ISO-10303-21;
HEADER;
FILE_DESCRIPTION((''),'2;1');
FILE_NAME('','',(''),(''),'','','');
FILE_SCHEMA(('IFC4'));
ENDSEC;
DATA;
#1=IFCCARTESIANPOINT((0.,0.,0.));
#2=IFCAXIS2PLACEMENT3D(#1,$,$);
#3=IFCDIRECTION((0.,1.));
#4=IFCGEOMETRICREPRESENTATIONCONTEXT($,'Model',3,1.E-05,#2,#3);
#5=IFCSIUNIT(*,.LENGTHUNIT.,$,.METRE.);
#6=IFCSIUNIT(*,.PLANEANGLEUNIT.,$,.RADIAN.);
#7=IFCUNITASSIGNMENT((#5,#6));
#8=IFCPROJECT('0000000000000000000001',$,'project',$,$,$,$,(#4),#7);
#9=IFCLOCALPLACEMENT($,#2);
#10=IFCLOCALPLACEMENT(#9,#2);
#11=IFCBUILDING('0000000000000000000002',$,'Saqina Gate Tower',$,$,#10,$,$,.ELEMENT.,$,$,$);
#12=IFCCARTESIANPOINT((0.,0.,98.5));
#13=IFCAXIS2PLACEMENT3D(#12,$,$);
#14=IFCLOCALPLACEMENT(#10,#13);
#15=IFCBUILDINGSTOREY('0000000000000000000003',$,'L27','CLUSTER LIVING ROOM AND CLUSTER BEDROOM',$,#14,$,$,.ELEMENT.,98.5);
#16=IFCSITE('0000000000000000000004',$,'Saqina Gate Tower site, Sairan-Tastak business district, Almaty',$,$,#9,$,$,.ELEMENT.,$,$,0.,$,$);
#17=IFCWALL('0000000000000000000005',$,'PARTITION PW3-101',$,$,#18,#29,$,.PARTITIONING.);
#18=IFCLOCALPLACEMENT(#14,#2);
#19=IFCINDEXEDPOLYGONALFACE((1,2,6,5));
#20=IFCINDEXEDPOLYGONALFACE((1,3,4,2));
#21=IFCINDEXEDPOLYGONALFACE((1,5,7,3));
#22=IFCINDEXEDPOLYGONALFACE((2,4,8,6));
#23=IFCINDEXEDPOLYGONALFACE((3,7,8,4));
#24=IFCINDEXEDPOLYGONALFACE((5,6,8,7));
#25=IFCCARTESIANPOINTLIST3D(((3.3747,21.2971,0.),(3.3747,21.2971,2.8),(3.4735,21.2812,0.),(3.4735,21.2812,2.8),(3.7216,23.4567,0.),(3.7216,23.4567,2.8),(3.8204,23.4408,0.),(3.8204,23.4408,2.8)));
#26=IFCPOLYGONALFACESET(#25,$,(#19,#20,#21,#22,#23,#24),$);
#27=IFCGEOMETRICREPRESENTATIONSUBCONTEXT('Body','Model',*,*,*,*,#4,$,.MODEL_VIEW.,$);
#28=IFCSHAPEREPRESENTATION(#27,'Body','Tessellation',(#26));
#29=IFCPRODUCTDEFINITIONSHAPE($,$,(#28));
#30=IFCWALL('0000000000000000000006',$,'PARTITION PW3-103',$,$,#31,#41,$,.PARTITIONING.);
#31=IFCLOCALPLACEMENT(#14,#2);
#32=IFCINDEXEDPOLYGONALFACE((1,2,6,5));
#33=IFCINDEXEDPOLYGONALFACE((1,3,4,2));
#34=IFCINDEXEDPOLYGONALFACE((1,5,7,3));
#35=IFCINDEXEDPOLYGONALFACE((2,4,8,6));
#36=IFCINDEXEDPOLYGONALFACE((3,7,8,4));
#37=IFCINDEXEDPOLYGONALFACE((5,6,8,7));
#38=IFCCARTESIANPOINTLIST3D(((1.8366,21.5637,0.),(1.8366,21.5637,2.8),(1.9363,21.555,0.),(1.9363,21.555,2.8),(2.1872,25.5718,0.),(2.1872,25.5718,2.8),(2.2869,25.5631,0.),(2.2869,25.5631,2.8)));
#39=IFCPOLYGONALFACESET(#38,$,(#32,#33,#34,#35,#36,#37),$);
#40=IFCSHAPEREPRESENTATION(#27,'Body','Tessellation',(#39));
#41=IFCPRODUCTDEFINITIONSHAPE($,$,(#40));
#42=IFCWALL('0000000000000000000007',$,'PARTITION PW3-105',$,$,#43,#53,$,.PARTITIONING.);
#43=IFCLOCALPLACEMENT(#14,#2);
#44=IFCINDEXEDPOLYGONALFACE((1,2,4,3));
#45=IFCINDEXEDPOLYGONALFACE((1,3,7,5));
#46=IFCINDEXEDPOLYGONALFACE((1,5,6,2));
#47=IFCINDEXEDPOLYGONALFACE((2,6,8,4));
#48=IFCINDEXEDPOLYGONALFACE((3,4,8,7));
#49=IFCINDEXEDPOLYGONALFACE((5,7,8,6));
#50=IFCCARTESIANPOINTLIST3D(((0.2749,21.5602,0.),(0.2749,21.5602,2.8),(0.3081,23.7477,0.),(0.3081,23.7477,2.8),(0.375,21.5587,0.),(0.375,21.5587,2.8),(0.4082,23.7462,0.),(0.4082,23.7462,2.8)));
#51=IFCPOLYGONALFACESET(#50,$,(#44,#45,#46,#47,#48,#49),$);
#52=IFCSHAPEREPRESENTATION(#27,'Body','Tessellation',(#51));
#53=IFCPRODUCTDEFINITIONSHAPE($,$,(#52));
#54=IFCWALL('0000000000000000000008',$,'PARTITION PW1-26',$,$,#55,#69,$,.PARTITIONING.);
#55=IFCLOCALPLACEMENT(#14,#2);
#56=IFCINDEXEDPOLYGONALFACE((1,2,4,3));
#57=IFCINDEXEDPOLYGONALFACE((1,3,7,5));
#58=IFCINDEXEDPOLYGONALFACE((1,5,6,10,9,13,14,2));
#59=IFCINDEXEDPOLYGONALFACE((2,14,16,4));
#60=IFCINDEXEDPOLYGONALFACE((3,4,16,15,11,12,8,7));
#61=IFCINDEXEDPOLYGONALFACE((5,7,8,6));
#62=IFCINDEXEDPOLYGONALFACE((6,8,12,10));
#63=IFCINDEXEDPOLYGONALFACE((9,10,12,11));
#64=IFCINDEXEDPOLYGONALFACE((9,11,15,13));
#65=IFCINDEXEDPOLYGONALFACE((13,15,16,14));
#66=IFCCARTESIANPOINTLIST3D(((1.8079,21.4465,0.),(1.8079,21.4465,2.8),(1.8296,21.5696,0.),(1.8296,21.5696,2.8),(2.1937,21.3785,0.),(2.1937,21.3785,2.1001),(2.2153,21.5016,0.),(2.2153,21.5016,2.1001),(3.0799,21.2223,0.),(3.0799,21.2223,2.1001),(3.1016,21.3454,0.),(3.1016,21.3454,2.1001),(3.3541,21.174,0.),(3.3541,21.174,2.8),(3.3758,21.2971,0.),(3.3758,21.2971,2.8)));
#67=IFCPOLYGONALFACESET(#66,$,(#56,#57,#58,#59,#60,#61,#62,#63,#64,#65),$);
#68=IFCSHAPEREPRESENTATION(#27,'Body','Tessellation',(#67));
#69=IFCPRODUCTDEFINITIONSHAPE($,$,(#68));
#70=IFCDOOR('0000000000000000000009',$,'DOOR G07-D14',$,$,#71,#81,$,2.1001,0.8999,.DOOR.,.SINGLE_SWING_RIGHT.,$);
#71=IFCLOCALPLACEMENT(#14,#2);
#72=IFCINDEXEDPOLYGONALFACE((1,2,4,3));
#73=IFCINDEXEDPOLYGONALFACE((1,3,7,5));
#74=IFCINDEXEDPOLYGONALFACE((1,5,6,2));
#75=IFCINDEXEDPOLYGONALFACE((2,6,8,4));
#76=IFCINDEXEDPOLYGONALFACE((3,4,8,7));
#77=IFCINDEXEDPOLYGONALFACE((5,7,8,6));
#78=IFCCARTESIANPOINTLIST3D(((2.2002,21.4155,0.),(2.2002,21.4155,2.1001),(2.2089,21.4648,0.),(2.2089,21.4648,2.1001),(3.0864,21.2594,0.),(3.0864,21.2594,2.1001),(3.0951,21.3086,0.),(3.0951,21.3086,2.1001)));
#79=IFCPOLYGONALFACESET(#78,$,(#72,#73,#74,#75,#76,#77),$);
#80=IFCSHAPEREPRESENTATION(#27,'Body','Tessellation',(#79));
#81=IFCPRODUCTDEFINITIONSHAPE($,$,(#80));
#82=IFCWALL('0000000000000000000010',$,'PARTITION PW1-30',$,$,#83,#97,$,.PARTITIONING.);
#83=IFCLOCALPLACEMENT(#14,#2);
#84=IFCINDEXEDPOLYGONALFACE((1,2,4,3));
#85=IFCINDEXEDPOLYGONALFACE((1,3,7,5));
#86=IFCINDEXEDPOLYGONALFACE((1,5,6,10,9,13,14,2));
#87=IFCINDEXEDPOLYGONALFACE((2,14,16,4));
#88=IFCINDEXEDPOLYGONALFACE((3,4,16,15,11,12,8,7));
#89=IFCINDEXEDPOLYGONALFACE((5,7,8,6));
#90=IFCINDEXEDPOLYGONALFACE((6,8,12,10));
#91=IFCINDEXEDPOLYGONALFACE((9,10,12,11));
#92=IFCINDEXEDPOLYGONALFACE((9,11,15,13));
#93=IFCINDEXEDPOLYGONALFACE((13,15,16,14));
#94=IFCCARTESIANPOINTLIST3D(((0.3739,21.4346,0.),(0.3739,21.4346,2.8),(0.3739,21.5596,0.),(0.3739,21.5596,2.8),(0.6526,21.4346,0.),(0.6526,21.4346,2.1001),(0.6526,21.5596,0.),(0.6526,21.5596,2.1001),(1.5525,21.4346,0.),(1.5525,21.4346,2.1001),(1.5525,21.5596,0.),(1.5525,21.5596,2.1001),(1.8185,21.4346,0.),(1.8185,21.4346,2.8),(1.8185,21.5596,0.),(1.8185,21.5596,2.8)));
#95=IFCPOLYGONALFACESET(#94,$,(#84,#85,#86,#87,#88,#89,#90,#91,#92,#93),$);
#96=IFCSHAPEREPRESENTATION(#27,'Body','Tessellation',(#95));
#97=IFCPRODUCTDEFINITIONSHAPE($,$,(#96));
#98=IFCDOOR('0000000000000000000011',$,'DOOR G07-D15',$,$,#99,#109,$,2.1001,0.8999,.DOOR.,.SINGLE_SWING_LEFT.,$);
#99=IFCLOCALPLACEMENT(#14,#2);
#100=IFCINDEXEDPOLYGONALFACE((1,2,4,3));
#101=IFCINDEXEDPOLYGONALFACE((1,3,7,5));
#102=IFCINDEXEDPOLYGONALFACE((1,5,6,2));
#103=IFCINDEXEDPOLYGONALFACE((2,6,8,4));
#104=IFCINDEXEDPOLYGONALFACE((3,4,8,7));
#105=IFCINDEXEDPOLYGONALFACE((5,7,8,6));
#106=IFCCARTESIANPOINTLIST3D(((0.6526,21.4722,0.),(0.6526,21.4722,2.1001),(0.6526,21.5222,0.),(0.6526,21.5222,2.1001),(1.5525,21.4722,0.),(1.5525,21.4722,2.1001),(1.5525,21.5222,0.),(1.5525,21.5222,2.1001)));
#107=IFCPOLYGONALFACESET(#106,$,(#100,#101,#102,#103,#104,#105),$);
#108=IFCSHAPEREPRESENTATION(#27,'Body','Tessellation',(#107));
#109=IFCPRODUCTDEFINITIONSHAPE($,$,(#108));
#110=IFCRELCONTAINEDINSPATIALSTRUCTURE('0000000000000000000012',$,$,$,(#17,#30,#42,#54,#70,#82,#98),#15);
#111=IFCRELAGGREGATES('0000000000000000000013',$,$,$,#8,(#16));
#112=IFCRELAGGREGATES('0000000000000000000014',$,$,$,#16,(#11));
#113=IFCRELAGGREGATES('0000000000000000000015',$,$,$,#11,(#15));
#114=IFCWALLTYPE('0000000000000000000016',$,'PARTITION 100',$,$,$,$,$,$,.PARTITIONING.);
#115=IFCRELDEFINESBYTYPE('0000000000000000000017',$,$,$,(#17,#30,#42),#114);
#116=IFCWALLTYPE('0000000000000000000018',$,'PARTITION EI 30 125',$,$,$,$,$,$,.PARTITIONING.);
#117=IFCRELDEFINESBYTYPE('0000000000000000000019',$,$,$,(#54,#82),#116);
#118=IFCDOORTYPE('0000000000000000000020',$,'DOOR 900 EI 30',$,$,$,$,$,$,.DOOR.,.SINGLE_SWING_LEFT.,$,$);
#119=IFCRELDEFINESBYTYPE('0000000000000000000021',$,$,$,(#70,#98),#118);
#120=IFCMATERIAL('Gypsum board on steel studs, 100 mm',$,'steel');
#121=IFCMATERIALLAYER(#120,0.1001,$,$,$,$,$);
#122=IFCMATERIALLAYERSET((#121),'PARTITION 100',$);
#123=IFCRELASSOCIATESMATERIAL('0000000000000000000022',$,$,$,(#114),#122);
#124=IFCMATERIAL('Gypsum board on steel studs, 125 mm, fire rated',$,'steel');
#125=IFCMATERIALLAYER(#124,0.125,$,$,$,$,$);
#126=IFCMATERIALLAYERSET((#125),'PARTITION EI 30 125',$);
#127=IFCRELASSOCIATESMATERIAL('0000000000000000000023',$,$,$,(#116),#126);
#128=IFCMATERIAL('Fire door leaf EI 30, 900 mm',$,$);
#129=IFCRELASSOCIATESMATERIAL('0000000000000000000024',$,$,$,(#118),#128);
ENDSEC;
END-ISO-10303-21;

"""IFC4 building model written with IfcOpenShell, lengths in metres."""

from ifc_helpers import new_model, si_unit, direction, frame, frame_2d, origin, place, context, subcontext, project, spatial, rectangle, extrude, material, layer, layer_set, type_object, element, fill, save


model = new_model("IFC4")

# Units and contexts
model_context = context("Model", 3, precision=1e-05, world=origin(), true_north=direction((0.0, 1.0)))
body_context = subcontext(model_context, "Body", "Model", "MODEL_VIEW")
ifc_project = project(units=[si_unit("LENGTHUNIT", "METRE"), si_unit("PLANEANGLEUNIT", "RADIAN")], contexts=[model_context])

# Site, building, storey
site_placement = place(None, origin())
site = spatial("IfcSite", under=ifc_project, at=site_placement, Name="Saqina Gate Tower site, Sairan-Tastak business district, Almaty", CompositionType="ELEMENT", RefElevation=0.0)
building_placement = place(site_placement, origin())
building = spatial("IfcBuilding", under=site, at=building_placement, Name="Saqina Gate Tower", CompositionType="ELEMENT")
storey_placement = place(building_placement, frame((0.0, 0.0, 98.5)))
storey = spatial("IfcBuildingStorey", under=building, at=storey_placement, Name="L27", Description="CLUSTER LIVING ROOM AND CLUSTER BEDROOM", CompositionType="ELEMENT", Elevation=98.5)

# Shared definitions
ifc_material_1 = material(Name="Gypsum board on steel studs, 100 mm", Category="steel")
ifc_layer_1 = layer(ifc_material_1, 0.1001)
ifc_layer_set_1 = layer_set([ifc_layer_1], Name="PARTITION 100")
wall_type_1 = type_object("IfcWallType", Name="PARTITION 100", PredefinedType="PARTITIONING", material=ifc_layer_set_1)

# Walls
wall_1_placement = place(storey_placement, frame((3.4241, 21.2891, 0.0), z_axis=(0.0, 0.0, 1.0), x_axis=(0.158604, 0.987342, 0.0)))
element("IfcWall", 1, at=wall_1_placement, inside=storey, type_object=wall_type_1, Name="PARTITION PW3-101", PredefinedType="PARTITIONING", context=body_context, shape_type="SweptSolid", body=[
    extrude(rectangle(XDim=2.1873, YDim=0.1001, at=frame_2d((1.0938, 0.0))), origin(), (0.0, 0.0, 1.0), 2.8),
])
wall_2_placement = place(storey_placement, frame((1.8865, 21.5593, 0.0), z_axis=(0.0, 0.0, 1.0), x_axis=(0.087138, 0.996196, 0.0)))
element("IfcWall", 2, at=wall_2_placement, inside=storey, type_object=wall_type_1, Name="PARTITION PW3-103", PredefinedType="PARTITIONING", context=body_context, shape_type="SweptSolid", body=[
    extrude(rectangle(XDim=4.0234, YDim=0.1001, at=frame_2d((2.0117, 0.0))), origin(), (0.0, 0.0, 1.0), 2.8),
])
wall_3_placement = place(storey_placement, frame((0.325, 21.5596, 0.0), z_axis=(0.0, 0.0, 1.0), x_axis=(0.015177, 0.999885, 0.0)))
element("IfcWall", 3, at=wall_3_placement, inside=storey, type_object=wall_type_1, Name="PARTITION PW3-105", PredefinedType="PARTITIONING", context=body_context, shape_type="SweptSolid", body=[
    extrude(rectangle(XDim=2.1877, YDim=0.1001, at=frame_2d((1.0938, 0.0))), origin(), (0.0, 0.0, 1.0), 2.8),
])

# Walls, openings, doors
ifc_material_2 = material(Name="Gypsum board on steel studs, 125 mm, fire rated", Category="steel")
ifc_layer_2 = layer(ifc_material_2, 0.125)
ifc_layer_set_2 = layer_set([ifc_layer_2], Name="PARTITION EI 30 125")
wall_type_2 = type_object("IfcWallType", Name="PARTITION EI 30 125", PredefinedType="PARTITIONING", material=ifc_layer_set_2)
wall_4_placement = place(storey_placement, frame((1.8186, 21.5081, 0.0), z_axis=(0.0, 0.0, 1.0), x_axis=(0.984826, -0.173546, 0.0)))
wall_4 = element("IfcWall", 4, at=wall_4_placement, inside=storey, type_object=wall_type_2, Name="PARTITION PW1-26", PredefinedType="PARTITIONING", context=body_context, shape_type="SweptSolid", body=[
    extrude(rectangle(XDim=1.5701, YDim=0.125, at=frame_2d((0.7852, 0.0))), origin(), (0.0, 0.0, 1.0), 2.8),
])
opening_1_placement = place(wall_4_placement, frame((0.3918, 0.0, 0.0)))
opening_1 = element("IfcOpeningElement", 5, at=opening_1_placement, cuts=wall_4, PredefinedType="OPENING", context=body_context, shape_type="SweptSolid", body=[
    extrude(rectangle(XDim=0.8999, YDim=2.1001, at=frame_2d((0.45, 1.05))), frame((0.0, 0.0745, 0.0), z_axis=(0.0, -1.0, 0.0), x_axis=(1.0, 0.0, 0.0)), (0.0, 0.0, 1.0), 0.1489),
])
ifc_material_3 = material(Name="Fire door leaf EI 30, 900 mm")
door_type_1 = type_object("IfcDoorType", Name="DOOR 900 EI 30", OperationType="SINGLE_SWING_LEFT", PredefinedType="DOOR", material=ifc_material_3)
door_1_placement = place(opening_1_placement, frame((0.8999, 0.0, 0.0), z_axis=(0.0, 0.0, 1.0), x_axis=(-1.0, 0.0, 0.0)))
door_1 = element("IfcDoor", 6, at=door_1_placement, inside=storey, type_object=door_type_1, Name="DOOR G07-D14", OperationType="SINGLE_SWING_RIGHT", OverallHeight=2.1001, OverallWidth=0.8999, PredefinedType="DOOR", context=body_context, shape_type="SweptSolid", body=[
    extrude(rectangle(XDim=0.8999, YDim=2.1001, at=frame_2d((0.45, 1.05))), frame((0.0, 0.0249, 0.0), z_axis=(0.0, -1.0, 0.0), x_axis=(1.0, 0.0, 0.0)), (0.0, 0.0, 1.0), 0.05),
])
fill(opening_1, door_1)
wall_5_placement = place(storey_placement, frame((0.374, 21.4971, 0.0), z_axis=(0.0, 0.0, 1.0), x_axis=(1.0, 0.0, 0.0)))
wall_5 = element("IfcWall", 7, at=wall_5_placement, inside=storey, type_object=wall_type_2, Name="PARTITION PW1-30", PredefinedType="PARTITIONING", context=body_context, shape_type="SweptSolid", body=[
    extrude(rectangle(XDim=1.4446, YDim=0.125, at=frame_2d((0.7222, 0.0))), origin(), (0.0, 0.0, 1.0), 2.8),
])
opening_2_placement = place(wall_5_placement, frame((0.2786, 0.0, 0.0)))
opening_2 = element("IfcOpeningElement", 8, at=opening_2_placement, cuts=wall_5, PredefinedType="OPENING", context=body_context, shape_type="SweptSolid", body=[
    extrude(rectangle(XDim=0.8999, YDim=2.1001, at=frame_2d((0.45, 1.05))), frame((0.0, 0.0745, 0.0), z_axis=(0.0, -1.0, 0.0), x_axis=(1.0, 0.0, 0.0)), (0.0, 0.0, 1.0), 0.1489),
])
door_2_placement = place(opening_2_placement, frame((0.8999, 0.0, 0.0), z_axis=(0.0, 0.0, 1.0), x_axis=(-1.0, 0.0, 0.0)))
door_2 = element("IfcDoor", 9, at=door_2_placement, inside=storey, type_object=door_type_1, Name="DOOR G07-D15", OperationType="SINGLE_SWING_LEFT", OverallHeight=2.1001, OverallWidth=0.8999, PredefinedType="DOOR", context=body_context, shape_type="SweptSolid", body=[
    extrude(rectangle(XDim=0.8999, YDim=2.1001, at=frame_2d((0.45, 1.05))), frame((0.0, 0.0249, 0.0), z_axis=(0.0, -1.0, 0.0), x_axis=(1.0, 0.0, 0.0)), (0.0, 0.0, 1.0), 0.05),
])
fill(opening_2, door_2)

save(model, "model.ifc")
